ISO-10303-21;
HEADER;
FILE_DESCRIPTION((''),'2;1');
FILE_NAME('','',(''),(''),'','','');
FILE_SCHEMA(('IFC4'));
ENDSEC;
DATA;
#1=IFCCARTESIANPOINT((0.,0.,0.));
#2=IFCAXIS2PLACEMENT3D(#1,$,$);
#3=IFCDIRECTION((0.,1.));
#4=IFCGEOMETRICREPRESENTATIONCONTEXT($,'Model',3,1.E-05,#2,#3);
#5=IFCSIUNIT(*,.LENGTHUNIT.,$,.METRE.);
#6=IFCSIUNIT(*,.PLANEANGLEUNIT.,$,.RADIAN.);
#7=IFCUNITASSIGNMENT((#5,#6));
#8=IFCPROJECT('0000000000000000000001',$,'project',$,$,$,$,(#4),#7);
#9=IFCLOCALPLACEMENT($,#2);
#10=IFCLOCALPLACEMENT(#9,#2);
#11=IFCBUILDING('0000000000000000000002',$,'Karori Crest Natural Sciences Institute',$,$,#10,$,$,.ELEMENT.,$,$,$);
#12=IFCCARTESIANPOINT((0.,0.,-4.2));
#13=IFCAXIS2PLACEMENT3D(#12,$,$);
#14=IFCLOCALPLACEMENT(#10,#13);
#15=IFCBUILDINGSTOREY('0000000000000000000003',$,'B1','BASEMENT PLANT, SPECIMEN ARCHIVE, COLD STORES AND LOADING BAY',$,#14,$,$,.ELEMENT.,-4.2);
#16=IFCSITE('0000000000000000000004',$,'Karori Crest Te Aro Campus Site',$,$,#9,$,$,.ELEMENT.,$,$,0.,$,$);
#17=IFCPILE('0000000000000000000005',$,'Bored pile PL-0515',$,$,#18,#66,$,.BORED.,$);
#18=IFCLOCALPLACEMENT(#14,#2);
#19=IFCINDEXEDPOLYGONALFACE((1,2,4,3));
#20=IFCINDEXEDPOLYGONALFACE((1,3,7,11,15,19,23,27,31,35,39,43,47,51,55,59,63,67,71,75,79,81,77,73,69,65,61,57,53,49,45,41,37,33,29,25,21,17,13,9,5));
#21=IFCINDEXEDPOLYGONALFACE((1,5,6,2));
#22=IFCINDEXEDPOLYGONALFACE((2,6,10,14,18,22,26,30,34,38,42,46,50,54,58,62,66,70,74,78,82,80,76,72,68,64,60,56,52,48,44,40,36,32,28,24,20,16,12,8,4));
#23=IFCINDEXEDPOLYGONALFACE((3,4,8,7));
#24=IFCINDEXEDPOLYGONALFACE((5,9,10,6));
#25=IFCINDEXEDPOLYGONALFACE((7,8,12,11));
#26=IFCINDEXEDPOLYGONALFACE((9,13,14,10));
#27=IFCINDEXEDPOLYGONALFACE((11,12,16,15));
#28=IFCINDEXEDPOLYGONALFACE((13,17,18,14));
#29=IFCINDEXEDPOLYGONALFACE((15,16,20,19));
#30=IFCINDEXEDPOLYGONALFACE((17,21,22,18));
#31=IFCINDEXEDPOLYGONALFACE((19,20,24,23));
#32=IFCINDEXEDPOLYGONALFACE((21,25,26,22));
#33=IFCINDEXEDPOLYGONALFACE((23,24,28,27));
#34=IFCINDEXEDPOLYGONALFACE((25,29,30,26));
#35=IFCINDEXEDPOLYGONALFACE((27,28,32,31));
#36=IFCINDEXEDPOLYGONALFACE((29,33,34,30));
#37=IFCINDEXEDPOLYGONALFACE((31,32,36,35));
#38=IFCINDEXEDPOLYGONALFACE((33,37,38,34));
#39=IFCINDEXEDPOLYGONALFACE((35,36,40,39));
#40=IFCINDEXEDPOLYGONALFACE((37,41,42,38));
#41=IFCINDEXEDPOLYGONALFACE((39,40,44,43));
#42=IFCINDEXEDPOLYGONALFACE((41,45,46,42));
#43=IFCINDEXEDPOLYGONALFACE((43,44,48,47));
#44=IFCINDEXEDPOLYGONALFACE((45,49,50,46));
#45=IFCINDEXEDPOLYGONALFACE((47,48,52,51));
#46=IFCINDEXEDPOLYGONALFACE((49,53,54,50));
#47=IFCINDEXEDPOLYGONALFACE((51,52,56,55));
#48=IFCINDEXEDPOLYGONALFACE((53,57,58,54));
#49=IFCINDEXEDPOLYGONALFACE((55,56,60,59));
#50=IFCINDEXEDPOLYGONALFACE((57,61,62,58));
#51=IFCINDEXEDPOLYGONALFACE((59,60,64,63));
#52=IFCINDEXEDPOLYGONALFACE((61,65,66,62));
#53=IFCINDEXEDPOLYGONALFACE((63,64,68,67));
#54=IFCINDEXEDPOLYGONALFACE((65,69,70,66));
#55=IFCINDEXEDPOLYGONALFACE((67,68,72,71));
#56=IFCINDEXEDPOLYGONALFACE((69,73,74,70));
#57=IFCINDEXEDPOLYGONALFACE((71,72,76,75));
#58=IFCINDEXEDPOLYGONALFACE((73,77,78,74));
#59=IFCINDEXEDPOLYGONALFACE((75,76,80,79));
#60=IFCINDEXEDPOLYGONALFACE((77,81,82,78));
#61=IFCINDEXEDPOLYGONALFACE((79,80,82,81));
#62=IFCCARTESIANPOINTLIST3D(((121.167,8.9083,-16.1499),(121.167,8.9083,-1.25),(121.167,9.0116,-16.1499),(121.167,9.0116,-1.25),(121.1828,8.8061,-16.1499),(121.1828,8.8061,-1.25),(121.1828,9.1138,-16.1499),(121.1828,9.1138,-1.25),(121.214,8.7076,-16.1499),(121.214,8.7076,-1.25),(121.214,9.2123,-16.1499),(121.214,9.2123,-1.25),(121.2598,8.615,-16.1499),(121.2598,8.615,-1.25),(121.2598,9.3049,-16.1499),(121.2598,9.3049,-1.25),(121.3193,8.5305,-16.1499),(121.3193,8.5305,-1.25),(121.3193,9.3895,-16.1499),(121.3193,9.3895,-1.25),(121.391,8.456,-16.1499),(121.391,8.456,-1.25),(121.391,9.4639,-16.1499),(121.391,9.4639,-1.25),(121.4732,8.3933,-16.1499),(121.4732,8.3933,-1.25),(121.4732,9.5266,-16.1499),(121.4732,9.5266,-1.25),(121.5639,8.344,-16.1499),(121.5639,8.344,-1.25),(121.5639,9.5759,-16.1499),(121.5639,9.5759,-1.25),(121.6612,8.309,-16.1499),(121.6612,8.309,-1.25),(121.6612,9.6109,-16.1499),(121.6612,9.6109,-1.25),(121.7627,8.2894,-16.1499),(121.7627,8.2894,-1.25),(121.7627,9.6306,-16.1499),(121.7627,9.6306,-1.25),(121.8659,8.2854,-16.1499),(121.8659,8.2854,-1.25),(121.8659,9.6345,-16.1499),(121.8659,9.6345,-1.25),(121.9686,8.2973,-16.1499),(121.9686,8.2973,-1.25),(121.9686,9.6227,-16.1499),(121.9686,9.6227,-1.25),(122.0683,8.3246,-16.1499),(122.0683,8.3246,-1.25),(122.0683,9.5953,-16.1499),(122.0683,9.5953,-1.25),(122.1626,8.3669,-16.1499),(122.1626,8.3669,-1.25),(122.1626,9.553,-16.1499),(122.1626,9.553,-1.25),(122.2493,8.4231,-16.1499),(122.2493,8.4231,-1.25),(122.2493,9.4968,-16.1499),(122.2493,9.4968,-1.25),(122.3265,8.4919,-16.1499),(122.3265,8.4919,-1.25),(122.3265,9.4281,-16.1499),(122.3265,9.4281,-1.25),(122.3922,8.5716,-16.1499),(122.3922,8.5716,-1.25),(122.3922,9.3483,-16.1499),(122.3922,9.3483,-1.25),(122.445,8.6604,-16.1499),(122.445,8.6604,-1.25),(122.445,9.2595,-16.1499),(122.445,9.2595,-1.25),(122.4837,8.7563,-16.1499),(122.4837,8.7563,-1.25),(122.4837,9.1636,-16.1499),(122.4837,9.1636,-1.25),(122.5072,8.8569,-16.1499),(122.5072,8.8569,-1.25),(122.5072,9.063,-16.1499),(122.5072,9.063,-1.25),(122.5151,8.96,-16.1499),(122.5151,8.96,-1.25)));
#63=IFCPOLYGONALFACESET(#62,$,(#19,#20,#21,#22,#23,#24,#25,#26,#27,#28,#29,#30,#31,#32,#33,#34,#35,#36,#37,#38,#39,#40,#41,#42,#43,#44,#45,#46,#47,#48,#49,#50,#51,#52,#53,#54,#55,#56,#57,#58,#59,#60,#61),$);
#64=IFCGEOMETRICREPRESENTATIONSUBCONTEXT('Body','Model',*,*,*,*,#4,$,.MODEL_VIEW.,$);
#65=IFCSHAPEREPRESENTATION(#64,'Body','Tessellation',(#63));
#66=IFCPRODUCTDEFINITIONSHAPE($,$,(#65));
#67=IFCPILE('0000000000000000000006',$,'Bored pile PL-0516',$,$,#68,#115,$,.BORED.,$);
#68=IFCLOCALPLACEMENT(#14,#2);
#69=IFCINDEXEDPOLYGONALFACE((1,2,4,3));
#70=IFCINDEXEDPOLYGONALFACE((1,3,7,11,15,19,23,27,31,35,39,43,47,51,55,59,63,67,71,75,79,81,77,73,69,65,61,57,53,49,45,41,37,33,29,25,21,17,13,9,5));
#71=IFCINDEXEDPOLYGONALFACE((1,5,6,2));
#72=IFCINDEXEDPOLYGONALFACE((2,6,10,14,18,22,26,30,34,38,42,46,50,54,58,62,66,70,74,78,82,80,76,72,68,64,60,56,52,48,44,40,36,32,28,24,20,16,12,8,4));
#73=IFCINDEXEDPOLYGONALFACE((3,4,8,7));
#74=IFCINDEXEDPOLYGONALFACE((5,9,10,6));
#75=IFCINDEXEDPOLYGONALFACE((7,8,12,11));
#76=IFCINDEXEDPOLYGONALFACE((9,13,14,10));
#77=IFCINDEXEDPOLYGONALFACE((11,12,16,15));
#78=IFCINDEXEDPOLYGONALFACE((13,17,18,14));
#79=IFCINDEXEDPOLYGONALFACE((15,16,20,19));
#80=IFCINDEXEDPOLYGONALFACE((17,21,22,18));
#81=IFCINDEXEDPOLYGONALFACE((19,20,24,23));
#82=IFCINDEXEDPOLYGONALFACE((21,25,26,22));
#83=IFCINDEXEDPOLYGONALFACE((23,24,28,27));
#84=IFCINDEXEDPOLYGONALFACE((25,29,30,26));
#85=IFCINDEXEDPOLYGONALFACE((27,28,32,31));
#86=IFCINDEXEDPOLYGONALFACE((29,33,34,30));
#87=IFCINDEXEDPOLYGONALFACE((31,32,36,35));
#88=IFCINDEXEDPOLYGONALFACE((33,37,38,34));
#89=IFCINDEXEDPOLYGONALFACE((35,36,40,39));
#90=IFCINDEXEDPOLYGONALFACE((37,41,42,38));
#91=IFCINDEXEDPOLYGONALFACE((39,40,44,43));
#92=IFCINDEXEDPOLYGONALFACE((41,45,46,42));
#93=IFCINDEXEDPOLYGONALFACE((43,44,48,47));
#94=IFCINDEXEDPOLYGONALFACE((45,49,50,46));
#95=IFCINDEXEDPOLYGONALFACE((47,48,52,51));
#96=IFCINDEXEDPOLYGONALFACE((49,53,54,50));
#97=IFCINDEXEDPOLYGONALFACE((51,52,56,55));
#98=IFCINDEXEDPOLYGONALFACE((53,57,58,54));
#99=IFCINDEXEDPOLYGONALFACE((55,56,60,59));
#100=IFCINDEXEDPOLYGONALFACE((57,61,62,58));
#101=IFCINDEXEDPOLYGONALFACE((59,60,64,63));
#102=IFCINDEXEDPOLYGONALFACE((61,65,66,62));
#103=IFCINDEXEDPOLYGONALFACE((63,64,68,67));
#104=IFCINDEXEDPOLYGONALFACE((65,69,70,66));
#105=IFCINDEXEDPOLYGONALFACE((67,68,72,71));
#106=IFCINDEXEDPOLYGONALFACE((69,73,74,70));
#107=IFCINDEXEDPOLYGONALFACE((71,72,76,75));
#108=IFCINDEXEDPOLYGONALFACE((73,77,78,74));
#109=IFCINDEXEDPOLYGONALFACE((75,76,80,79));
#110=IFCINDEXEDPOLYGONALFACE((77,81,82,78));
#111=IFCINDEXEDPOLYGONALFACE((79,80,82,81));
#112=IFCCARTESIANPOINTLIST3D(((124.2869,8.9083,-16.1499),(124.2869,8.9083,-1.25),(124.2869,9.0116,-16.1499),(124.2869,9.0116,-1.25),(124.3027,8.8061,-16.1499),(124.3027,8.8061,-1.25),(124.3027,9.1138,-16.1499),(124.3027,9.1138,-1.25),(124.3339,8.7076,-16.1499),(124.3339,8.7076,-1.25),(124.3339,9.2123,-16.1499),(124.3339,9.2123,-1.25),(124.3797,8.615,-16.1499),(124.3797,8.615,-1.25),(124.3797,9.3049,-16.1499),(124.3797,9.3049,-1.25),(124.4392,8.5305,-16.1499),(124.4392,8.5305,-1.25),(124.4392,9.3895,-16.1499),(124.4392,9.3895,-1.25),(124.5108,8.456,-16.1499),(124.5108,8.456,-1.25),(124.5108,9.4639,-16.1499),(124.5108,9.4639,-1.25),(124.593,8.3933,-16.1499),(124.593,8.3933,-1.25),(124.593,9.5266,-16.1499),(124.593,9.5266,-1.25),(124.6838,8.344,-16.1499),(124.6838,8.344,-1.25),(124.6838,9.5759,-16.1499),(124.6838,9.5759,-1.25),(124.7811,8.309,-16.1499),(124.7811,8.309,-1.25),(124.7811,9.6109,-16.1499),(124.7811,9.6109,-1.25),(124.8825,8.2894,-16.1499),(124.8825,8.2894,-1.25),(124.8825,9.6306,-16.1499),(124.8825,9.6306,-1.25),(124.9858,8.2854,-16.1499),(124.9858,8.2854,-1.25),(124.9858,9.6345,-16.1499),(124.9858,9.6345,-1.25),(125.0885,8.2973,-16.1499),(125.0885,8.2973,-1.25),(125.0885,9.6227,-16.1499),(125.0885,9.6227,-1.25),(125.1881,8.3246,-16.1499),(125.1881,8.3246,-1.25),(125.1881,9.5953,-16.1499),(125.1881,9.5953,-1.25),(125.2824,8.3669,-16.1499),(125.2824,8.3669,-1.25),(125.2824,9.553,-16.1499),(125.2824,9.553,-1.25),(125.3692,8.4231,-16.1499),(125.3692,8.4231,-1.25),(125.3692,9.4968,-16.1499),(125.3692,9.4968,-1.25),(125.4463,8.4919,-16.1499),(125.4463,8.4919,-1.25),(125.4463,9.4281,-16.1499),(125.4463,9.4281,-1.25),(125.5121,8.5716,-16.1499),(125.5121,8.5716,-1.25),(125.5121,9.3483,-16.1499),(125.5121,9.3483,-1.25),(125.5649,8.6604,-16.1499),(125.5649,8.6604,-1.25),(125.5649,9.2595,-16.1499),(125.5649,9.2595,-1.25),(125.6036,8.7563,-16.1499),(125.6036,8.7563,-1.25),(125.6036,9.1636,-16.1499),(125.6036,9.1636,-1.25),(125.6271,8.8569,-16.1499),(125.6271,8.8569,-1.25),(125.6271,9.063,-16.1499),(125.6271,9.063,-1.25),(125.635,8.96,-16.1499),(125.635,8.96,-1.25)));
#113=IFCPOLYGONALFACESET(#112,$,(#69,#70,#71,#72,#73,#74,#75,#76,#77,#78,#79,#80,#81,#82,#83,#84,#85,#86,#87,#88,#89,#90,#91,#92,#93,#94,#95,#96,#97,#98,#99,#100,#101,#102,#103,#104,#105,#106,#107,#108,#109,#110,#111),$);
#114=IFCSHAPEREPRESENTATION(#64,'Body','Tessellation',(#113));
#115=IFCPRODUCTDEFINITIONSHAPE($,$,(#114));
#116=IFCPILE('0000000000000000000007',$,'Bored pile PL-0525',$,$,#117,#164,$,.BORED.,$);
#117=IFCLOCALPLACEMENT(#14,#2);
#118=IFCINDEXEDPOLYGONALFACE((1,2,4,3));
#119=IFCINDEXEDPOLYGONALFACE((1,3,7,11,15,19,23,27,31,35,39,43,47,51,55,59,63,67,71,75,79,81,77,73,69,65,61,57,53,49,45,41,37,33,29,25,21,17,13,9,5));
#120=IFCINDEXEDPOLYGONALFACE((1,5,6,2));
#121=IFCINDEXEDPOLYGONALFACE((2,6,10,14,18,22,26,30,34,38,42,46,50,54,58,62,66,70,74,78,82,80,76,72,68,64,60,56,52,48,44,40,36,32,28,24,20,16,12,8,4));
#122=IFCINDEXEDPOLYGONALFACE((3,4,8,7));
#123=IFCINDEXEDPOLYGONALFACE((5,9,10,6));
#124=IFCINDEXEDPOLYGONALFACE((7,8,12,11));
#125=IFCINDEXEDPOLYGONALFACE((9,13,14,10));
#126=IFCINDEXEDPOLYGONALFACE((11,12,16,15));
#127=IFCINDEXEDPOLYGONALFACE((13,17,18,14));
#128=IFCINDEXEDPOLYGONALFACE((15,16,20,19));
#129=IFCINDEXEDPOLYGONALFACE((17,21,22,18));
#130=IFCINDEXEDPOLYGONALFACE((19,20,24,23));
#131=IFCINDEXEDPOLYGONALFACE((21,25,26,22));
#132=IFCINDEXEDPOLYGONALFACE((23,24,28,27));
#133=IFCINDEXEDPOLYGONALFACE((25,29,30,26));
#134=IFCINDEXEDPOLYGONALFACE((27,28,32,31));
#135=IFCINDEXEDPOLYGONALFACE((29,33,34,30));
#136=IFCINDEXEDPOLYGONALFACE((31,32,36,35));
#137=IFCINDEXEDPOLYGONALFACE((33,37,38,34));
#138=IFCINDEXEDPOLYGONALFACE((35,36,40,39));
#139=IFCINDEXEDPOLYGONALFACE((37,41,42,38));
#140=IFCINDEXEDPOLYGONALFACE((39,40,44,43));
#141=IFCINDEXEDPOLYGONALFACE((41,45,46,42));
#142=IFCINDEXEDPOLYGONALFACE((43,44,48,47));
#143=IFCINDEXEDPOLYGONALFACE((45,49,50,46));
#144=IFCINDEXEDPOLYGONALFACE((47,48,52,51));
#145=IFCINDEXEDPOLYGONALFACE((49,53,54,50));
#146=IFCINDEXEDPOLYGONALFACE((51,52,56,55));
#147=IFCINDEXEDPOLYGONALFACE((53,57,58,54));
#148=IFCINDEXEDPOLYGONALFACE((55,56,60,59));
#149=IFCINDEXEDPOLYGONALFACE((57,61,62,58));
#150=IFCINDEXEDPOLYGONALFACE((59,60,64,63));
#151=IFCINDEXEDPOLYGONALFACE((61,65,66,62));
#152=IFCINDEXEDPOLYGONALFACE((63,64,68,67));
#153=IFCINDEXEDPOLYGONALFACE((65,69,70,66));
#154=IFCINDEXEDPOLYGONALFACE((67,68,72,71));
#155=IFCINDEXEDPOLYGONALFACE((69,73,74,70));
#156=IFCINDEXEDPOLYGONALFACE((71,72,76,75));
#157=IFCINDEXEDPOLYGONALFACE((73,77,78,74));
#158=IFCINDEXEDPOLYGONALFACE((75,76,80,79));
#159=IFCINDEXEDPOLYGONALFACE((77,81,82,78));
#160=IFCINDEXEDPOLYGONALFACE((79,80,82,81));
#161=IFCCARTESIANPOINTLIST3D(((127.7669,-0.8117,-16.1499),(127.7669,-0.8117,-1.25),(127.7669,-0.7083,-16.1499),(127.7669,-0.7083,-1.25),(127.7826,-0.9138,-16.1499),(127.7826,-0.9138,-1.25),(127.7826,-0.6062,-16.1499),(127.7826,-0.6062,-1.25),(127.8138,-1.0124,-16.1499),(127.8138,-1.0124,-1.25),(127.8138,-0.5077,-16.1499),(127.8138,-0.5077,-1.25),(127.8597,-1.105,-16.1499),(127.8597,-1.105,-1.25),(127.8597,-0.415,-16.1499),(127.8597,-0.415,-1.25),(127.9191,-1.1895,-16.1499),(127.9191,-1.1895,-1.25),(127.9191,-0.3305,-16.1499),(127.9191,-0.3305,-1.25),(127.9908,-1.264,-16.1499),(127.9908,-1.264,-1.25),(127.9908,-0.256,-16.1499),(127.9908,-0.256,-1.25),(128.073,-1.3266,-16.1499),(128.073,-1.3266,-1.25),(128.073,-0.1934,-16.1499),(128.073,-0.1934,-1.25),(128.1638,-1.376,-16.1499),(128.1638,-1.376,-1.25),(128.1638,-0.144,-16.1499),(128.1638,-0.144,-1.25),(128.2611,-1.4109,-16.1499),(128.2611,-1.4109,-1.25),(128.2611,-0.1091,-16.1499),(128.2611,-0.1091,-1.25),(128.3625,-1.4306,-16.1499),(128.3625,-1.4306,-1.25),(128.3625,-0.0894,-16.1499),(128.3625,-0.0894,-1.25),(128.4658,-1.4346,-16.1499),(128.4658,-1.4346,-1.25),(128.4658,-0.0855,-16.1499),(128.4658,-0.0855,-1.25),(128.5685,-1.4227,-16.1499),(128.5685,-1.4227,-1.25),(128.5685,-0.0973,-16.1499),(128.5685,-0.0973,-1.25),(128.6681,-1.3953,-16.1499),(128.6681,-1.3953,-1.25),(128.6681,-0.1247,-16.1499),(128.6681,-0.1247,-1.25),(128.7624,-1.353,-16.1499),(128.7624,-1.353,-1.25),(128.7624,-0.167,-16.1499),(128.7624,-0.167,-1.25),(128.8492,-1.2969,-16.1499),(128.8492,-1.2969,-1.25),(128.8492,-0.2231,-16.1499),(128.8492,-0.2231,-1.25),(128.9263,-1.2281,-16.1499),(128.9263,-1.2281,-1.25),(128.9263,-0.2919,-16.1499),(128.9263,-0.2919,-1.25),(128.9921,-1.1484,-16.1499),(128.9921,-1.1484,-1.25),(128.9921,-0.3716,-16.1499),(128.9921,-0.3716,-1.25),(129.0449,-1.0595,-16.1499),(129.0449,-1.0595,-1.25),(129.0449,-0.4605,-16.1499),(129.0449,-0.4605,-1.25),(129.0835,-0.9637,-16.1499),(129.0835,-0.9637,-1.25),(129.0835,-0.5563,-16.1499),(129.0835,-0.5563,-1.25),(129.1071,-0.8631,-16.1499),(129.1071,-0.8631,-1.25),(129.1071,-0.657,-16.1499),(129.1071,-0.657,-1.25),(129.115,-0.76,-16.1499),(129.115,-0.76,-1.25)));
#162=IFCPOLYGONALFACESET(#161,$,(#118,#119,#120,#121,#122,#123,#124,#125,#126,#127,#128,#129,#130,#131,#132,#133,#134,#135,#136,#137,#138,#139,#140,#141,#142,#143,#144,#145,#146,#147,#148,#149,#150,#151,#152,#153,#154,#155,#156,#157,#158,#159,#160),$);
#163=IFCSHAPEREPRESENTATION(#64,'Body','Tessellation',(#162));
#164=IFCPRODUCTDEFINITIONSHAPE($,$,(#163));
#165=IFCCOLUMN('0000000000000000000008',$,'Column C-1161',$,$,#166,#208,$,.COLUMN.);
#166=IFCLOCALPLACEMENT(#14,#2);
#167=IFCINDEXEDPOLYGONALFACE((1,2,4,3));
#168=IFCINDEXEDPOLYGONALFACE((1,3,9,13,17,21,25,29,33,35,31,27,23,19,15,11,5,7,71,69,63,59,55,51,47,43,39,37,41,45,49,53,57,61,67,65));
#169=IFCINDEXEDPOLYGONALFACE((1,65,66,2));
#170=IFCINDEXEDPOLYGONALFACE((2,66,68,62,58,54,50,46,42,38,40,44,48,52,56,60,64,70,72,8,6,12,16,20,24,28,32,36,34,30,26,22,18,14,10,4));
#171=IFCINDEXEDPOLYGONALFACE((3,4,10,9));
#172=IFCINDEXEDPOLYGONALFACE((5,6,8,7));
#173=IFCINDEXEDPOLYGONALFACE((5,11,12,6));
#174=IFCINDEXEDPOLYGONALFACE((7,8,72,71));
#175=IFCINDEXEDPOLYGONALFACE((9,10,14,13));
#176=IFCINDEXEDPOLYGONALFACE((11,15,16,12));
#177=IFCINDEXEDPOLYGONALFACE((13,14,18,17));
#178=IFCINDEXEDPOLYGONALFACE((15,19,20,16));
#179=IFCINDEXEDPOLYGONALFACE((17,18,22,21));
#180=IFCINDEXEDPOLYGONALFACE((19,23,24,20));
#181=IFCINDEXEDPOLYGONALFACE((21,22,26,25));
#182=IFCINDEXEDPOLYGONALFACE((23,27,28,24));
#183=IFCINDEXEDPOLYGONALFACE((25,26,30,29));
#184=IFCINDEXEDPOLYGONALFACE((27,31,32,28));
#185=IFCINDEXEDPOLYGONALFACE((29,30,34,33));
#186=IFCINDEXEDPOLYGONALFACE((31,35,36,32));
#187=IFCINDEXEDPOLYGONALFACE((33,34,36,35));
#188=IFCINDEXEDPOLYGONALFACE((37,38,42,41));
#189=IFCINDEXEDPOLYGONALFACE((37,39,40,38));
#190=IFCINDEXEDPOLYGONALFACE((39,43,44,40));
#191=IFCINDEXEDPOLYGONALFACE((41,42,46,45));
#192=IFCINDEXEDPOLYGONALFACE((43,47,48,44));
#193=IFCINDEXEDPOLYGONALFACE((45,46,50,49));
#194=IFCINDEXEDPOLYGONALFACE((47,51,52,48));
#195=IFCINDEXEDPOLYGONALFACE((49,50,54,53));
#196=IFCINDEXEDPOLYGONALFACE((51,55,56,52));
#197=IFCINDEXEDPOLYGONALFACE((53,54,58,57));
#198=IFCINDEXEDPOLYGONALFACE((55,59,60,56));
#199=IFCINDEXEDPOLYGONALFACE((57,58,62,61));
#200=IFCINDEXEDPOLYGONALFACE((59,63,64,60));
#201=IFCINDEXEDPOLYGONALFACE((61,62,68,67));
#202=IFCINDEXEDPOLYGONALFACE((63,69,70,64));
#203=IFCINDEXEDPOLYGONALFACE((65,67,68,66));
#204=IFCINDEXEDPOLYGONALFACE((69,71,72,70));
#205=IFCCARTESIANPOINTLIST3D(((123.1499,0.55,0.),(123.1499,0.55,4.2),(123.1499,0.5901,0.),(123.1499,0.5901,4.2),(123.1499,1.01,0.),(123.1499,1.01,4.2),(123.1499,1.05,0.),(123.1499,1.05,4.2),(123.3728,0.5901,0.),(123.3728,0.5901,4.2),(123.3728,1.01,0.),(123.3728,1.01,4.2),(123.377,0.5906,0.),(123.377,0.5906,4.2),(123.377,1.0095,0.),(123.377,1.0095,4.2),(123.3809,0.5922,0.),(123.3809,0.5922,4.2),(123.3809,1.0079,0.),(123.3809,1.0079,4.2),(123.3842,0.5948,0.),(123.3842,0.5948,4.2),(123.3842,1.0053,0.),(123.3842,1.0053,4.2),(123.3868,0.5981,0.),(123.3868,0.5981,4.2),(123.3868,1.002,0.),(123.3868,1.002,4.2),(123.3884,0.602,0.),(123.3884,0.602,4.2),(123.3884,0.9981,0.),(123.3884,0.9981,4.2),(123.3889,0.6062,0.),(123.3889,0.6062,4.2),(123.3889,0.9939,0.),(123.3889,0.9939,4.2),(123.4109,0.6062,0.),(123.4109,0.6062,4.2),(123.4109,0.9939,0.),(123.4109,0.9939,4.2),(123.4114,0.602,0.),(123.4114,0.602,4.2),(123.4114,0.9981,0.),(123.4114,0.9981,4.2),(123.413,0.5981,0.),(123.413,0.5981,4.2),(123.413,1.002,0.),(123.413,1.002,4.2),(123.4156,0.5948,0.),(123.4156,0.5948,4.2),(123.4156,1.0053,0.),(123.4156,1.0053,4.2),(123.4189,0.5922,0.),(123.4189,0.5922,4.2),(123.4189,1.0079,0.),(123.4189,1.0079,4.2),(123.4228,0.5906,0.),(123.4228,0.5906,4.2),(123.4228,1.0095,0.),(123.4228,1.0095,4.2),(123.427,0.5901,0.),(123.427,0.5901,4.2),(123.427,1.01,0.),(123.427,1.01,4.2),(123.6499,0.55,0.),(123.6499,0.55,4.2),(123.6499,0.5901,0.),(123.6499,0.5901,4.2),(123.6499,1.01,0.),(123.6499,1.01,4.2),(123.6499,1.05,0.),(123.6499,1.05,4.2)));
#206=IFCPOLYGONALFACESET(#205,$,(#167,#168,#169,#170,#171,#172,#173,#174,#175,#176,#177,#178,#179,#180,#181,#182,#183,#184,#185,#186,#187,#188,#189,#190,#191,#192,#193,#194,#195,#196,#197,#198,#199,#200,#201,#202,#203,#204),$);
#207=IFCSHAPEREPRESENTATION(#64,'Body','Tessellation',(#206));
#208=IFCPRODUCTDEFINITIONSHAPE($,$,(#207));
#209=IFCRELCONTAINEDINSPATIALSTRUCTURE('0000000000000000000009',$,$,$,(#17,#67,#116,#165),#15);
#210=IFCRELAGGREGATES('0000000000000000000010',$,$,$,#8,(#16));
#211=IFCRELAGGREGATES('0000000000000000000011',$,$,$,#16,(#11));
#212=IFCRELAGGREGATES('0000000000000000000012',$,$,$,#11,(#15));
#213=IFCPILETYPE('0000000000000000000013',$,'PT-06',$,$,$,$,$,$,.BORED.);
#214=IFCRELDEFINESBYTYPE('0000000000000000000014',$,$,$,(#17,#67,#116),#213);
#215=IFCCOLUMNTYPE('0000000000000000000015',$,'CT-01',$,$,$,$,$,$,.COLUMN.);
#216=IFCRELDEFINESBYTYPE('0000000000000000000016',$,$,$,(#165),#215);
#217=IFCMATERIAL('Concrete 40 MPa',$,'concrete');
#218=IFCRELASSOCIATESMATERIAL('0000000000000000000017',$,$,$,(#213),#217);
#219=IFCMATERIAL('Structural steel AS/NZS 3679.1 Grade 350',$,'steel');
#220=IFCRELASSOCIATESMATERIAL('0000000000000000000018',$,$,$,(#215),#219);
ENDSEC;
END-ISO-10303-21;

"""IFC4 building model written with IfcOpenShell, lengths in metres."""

from ifc_helpers import new_model, si_unit, direction, frame, origin, origin_2d, place, context, subcontext, project, spatial, circle, i_section, extrude, material, material_profile, profile_set, type_object, element, save


model = new_model("IFC4")

# Units and contexts
model_context = context("Model", 3, precision=1e-05, world=origin(), true_north=direction((0.0, 1.0)))
body_context = subcontext(model_context, "Body", "Model", "MODEL_VIEW")
ifc_project = project(units=[si_unit("LENGTHUNIT", "METRE"), si_unit("PLANEANGLEUNIT", "RADIAN")], contexts=[model_context])

# Site, building, storey
site_placement = place(None, origin())
site = spatial("IfcSite", under=ifc_project, at=site_placement, Name="Karori Crest Te Aro Campus Site", CompositionType="ELEMENT", RefElevation=0.0)
building_placement = place(site_placement, origin())
building = spatial("IfcBuilding", under=site, at=building_placement, Name="Karori Crest Natural Sciences Institute", CompositionType="ELEMENT")
storey_placement = place(building_placement, frame((0.0, 0.0, -4.2)))
storey = spatial("IfcBuildingStorey", under=building, at=storey_placement, Name="B1", Description="BASEMENT PLANT, SPECIMEN ARCHIVE, COLD STORES AND LOADING BAY", CompositionType="ELEMENT", Elevation=-4.2)

# Shared definitions
ifc_material_1 = material(Name="Concrete 40 MPa", Category="concrete")

# Piles
ifc_material_profile_1 = material_profile(ifc_material_1, circle(Radius=0.675, at=origin_2d()), Name="PILE1350")
ifc_profile_set_1 = profile_set([ifc_material_profile_1], Name="Concrete 40 MPa")
pile_type = type_object("IfcPileType", Name="PT-06", PredefinedType="BORED", material=ifc_profile_set_1)
for number, where, z_axis, x_axis, name in (
    (1, (121.8401, 8.96, -1.25), (0.0, 0.0, -1.0), (1.0, 0.0, 0.0), "Bored pile PL-0515"),
    (2, (124.96, 8.96, -1.25), (0.0, 0.0, -1.0), (1.0, 0.0, 0.0), "Bored pile PL-0516"),
    (3, (128.4399, -0.76, -1.25), (0.0, 0.0, -1.0), (1.0, 0.0, 0.0), "Bored pile PL-0525"),
):
    element("IfcPile", number, at=place(storey_placement, frame(where, z_axis=z_axis, x_axis=x_axis)), inside=storey, type_object=pile_type, Name=name, PredefinedType="BORED", context=body_context, shape_type="SweptSolid", body=[
        extrude(circle(Radius=0.675, at=origin_2d()), origin(), (0.0, 0.0, 1.0), 14.8999),
    ])

# Column
ifc_material_2 = material(Name="Structural steel AS/NZS 3679.1 Grade 350", Category="steel")
ifc_material_profile_2 = material_profile(ifc_material_2, i_section(OverallWidth=0.5, OverallDepth=0.5, WebThickness=0.022, FlangeThickness=0.04, FilletRadius=0.0161, at=origin_2d()), Name="500WC440")
ifc_profile_set_2 = profile_set([ifc_material_profile_2], Name="Structural steel AS/NZS 3679.1 Grade 350")
column_type = type_object("IfcColumnType", Name="CT-01", PredefinedType="COLUMN", material=ifc_profile_set_2)
for number, where, z_axis, x_axis, name in (
    (4, (123.3999, 0.8, 0.0), (0.0, 0.0, 1.0), (1.0, 0.0, 0.0), "Column C-1161"),
):
    element("IfcColumn", number, at=place(storey_placement, frame(where, z_axis=z_axis, x_axis=x_axis)), inside=storey, type_object=column_type, Name=name, PredefinedType="COLUMN", context=body_context, shape_type="SweptSolid", body=[
        extrude(i_section(OverallWidth=0.5, OverallDepth=0.5, WebThickness=0.022, FlangeThickness=0.04, FilletRadius=0.0161, at=origin_2d()), origin(), (0.0, 0.0, 1.0), 4.2),
    ])

save(model, "model.ifc")
